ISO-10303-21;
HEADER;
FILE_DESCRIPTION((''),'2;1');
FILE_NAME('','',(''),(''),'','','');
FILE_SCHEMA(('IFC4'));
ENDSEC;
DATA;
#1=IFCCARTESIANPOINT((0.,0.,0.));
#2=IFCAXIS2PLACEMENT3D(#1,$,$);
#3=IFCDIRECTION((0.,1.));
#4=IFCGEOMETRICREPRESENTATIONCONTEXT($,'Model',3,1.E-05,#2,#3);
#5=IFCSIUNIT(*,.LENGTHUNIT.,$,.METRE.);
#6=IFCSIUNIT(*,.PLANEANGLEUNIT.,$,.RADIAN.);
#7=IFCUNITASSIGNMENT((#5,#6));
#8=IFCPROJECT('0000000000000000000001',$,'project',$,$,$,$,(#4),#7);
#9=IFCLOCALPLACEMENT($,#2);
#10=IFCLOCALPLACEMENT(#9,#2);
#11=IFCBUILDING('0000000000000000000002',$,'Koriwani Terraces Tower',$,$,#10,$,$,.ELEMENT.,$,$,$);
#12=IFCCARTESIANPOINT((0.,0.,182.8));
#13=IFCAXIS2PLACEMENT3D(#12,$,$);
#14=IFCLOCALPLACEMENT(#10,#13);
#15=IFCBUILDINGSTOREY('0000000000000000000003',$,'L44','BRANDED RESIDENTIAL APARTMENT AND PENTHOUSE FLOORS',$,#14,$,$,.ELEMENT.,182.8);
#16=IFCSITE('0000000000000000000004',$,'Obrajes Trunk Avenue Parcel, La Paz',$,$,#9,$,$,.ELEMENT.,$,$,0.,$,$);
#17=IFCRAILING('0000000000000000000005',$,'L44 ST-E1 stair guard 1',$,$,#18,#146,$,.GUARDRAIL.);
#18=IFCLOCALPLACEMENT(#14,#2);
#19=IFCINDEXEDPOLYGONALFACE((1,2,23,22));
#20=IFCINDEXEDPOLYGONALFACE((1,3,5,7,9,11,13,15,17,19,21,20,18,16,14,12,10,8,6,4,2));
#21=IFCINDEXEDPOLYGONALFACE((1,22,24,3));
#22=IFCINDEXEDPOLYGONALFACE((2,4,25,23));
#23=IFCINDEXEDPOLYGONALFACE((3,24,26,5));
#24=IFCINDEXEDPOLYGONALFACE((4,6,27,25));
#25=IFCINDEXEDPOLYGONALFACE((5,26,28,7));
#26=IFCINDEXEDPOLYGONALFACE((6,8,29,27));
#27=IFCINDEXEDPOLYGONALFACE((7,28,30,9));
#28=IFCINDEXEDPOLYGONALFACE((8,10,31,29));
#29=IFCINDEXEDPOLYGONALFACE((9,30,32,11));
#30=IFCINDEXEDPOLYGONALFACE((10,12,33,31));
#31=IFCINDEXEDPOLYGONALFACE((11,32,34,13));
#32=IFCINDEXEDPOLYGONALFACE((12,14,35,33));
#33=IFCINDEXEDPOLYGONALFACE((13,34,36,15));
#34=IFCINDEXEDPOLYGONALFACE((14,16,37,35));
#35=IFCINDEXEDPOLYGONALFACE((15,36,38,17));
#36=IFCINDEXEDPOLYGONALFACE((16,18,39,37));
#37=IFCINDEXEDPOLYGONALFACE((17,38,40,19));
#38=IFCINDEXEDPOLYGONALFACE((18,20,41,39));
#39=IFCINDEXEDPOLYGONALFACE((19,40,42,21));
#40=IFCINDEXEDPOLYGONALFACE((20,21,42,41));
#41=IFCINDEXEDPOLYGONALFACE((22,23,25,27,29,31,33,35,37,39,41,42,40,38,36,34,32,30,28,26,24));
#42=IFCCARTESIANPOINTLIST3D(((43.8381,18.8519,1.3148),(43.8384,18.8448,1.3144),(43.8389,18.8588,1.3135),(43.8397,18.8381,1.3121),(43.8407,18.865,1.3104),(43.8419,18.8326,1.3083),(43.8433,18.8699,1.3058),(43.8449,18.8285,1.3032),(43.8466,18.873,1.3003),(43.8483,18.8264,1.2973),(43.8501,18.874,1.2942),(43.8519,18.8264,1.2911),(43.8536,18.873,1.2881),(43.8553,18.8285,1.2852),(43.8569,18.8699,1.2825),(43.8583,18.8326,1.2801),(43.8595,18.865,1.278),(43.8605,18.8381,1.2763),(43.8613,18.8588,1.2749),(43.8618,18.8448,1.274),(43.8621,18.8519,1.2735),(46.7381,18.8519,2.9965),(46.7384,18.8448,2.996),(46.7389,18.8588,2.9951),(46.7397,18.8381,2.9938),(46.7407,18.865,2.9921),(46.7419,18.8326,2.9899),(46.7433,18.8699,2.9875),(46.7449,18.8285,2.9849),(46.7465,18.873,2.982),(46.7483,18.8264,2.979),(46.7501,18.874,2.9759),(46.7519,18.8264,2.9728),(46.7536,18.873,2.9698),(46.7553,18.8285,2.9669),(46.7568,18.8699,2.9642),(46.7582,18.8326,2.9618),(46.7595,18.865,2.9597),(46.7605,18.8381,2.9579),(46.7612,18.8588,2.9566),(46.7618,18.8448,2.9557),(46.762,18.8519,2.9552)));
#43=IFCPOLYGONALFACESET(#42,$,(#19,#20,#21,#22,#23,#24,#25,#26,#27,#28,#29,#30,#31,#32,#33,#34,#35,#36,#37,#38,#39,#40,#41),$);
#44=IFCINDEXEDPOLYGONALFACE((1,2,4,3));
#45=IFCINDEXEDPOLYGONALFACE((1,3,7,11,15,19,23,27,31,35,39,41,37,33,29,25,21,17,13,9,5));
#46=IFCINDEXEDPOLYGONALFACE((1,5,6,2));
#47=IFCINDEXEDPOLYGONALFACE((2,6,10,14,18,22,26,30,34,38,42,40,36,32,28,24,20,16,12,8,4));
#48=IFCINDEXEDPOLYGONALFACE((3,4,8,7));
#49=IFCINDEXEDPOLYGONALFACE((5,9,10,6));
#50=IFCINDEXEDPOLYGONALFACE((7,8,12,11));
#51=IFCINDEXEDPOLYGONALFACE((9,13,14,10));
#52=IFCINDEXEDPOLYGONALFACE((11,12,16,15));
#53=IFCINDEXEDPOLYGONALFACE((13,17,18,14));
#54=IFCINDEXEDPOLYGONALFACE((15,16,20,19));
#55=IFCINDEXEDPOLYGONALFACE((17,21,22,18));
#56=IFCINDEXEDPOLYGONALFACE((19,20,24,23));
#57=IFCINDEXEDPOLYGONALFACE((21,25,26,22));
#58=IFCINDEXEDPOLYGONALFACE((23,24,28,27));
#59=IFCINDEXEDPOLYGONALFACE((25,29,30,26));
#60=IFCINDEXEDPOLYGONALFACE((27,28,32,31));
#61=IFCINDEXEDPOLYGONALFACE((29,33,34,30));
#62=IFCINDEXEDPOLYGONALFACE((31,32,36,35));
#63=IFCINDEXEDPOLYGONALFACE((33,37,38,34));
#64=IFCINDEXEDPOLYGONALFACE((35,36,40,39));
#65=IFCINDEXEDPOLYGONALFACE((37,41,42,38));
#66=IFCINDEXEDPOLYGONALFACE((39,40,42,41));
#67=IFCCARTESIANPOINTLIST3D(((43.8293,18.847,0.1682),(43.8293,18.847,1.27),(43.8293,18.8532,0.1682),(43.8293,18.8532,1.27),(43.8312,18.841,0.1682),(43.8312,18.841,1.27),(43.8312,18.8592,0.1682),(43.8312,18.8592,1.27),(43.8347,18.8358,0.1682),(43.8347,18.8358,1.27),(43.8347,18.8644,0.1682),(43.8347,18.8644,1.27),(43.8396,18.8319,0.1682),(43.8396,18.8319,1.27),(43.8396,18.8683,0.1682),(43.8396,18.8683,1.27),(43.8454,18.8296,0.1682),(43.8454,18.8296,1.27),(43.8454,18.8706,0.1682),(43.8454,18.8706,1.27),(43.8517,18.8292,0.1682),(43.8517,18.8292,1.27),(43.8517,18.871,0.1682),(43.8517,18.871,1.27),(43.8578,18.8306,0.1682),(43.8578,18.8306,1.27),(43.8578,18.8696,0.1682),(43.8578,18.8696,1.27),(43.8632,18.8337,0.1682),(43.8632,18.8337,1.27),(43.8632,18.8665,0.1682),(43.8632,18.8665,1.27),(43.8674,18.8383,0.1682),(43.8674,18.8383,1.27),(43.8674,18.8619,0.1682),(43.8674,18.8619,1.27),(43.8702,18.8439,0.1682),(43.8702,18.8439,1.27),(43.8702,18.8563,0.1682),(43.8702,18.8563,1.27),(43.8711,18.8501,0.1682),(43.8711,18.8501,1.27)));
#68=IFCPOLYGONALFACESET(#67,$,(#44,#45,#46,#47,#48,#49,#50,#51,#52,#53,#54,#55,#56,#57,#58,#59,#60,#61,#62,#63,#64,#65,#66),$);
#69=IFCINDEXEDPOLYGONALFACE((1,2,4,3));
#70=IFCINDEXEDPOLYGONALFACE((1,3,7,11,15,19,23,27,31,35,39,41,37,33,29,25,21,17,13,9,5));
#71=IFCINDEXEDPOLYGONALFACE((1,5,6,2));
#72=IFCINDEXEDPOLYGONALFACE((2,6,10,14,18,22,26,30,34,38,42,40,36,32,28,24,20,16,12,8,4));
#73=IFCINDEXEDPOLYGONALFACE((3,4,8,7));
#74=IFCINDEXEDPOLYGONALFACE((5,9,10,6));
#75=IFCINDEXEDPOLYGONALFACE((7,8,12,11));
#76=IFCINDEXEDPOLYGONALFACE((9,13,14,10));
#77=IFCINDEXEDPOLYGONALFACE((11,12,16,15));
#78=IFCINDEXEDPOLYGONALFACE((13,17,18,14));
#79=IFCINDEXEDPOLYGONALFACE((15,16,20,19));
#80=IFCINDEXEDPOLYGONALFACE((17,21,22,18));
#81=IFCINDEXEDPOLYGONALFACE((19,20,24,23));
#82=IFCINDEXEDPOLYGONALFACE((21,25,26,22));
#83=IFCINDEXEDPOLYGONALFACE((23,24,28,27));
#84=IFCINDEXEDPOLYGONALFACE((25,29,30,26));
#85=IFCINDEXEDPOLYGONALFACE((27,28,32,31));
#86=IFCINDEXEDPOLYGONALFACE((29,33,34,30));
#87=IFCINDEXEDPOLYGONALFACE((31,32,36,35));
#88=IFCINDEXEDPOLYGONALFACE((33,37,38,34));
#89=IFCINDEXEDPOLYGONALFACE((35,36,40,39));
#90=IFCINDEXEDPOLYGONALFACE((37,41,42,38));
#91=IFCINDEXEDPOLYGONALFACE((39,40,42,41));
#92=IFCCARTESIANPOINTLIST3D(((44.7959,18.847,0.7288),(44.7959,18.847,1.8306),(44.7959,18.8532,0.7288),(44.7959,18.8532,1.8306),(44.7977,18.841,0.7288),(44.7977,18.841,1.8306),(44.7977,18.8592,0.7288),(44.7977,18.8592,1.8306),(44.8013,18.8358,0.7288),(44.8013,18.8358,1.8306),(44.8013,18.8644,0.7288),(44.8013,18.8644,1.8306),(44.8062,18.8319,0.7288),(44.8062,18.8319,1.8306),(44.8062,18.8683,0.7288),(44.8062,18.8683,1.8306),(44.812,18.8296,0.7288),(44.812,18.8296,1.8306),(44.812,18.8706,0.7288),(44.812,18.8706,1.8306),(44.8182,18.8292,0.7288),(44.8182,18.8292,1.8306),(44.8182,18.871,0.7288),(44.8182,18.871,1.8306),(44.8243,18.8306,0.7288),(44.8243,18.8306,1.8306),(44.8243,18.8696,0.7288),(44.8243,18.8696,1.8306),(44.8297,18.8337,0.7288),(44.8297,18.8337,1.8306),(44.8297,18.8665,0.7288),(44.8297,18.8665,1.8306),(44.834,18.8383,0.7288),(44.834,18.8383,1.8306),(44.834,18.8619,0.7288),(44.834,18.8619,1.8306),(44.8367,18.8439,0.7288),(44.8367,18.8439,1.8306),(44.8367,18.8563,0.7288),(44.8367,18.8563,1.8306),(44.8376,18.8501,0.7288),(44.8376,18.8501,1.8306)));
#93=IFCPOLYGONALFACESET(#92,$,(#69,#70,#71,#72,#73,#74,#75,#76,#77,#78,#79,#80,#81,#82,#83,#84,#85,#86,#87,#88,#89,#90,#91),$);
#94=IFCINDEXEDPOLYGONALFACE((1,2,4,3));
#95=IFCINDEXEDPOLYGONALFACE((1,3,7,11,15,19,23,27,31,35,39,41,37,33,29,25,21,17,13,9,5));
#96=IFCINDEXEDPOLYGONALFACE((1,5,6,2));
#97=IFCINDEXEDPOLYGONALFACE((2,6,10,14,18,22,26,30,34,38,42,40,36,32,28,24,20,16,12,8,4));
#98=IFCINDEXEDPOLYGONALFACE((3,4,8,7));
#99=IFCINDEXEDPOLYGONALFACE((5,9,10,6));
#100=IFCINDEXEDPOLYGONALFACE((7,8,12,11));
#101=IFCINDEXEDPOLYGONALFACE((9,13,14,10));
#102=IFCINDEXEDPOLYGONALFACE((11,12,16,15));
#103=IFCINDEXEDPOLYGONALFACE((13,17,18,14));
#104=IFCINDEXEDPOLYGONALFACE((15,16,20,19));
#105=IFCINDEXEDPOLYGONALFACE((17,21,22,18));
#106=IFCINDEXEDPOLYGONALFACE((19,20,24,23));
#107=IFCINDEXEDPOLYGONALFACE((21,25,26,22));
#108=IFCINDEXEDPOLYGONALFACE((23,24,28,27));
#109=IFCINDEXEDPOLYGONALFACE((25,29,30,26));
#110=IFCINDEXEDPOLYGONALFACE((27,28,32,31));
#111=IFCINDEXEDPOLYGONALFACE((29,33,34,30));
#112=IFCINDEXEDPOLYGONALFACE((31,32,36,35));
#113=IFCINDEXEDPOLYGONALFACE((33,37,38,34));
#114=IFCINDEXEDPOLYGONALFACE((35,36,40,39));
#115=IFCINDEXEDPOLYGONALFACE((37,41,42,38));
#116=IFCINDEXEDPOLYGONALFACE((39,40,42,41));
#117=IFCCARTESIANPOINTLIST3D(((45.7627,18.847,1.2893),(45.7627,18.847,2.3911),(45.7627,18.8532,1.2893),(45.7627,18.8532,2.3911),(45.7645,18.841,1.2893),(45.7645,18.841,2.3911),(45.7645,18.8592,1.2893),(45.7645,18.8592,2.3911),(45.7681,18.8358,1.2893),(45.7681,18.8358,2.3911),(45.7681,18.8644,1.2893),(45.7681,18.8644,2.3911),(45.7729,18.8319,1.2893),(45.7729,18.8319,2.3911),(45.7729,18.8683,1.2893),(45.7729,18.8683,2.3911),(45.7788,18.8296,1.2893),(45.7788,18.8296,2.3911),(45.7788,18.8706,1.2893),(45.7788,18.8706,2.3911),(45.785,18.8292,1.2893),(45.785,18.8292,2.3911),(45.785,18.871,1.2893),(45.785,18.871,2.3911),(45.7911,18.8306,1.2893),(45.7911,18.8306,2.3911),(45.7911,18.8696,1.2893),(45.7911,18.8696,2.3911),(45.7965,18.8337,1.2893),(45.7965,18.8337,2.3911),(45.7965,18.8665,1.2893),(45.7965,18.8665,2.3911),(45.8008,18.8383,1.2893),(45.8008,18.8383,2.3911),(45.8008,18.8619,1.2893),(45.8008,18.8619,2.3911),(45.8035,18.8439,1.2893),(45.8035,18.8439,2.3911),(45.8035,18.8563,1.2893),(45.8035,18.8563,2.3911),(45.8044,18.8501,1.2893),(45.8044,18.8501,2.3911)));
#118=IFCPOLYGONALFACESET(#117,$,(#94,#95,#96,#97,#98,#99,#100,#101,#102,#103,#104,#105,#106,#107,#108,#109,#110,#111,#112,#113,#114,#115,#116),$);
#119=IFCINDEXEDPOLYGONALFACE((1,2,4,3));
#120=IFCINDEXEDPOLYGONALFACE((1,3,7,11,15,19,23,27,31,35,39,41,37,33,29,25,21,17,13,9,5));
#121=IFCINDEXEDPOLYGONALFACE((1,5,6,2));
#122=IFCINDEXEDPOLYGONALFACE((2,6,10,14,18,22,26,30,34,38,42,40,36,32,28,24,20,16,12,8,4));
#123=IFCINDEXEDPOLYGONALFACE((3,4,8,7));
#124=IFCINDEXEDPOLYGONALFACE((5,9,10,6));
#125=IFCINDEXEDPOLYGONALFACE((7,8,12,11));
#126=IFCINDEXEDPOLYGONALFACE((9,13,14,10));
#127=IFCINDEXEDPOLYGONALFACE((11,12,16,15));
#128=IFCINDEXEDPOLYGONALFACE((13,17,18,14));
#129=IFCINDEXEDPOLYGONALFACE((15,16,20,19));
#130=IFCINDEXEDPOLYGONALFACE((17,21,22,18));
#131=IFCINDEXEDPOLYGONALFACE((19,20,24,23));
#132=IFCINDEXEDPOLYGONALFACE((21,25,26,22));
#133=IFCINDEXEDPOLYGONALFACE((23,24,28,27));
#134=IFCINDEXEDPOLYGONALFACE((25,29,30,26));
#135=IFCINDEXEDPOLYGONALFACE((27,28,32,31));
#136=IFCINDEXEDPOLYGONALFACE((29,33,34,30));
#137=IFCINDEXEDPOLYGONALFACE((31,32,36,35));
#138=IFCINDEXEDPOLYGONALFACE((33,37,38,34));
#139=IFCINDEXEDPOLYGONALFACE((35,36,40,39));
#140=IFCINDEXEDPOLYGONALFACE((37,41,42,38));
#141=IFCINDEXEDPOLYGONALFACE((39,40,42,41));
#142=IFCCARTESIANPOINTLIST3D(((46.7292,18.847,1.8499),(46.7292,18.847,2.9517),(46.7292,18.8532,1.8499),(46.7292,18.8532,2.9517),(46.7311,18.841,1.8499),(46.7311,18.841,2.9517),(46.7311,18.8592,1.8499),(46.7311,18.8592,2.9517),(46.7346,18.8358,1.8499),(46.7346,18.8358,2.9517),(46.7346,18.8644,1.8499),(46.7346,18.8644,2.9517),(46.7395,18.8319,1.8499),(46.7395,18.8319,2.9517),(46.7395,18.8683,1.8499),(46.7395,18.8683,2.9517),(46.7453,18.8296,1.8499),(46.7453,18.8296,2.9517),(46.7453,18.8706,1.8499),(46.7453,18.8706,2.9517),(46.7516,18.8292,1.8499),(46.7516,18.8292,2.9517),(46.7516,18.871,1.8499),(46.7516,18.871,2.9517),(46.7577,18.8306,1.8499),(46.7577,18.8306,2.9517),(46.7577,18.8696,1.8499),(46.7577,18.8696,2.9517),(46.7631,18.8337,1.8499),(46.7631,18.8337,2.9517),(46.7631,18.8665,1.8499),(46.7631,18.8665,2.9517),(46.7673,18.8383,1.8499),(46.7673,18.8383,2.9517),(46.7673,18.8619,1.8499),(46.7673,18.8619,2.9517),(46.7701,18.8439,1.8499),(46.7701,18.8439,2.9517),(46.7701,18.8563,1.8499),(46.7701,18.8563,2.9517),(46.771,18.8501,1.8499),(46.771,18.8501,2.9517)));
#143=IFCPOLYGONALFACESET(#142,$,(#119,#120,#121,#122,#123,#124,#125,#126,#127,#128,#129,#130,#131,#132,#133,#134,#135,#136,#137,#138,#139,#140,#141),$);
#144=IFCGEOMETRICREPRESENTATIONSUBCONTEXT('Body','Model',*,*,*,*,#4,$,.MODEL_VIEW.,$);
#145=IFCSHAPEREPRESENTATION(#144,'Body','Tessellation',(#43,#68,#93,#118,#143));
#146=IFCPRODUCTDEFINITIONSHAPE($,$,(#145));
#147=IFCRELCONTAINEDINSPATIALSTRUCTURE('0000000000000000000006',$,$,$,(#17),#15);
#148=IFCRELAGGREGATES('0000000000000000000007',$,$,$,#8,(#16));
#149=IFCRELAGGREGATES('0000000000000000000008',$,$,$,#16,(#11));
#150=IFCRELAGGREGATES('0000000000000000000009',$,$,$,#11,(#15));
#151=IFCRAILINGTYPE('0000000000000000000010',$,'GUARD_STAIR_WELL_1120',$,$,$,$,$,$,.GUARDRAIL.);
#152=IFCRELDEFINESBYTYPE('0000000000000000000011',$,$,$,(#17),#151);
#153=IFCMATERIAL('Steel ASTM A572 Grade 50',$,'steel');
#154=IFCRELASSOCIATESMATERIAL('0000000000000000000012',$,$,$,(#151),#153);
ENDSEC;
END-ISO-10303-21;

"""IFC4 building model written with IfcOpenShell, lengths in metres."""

from ifc_helpers import new_model, si_unit, direction, frame, origin, origin_2d, place, context, subcontext, project, spatial, circle, extrude, material, type_object, element, save


model = new_model("IFC4")

# Units and contexts
model_context = context("Model", 3, precision=1e-05, world=origin(), true_north=direction((0.0, 1.0)))
body_context = subcontext(model_context, "Body", "Model", "MODEL_VIEW")
ifc_project = project(units=[si_unit("LENGTHUNIT", "METRE"), si_unit("PLANEANGLEUNIT", "RADIAN")], contexts=[model_context])

# Site, building, storey
site_placement = place(None, origin())
site = spatial("IfcSite", under=ifc_project, at=site_placement, Name="Obrajes Trunk Avenue Parcel, La Paz", CompositionType="ELEMENT", RefElevation=0.0)
building_placement = place(site_placement, origin())
building = spatial("IfcBuilding", under=site, at=building_placement, Name="Koriwani Terraces Tower", CompositionType="ELEMENT")
storey_placement = place(building_placement, frame((0.0, 0.0, 182.8)))
storey = spatial("IfcBuildingStorey", under=building, at=storey_placement, Name="L44", Description="BRANDED RESIDENTIAL APARTMENT AND PENTHOUSE FLOORS", CompositionType="ELEMENT", Elevation=182.8)

# Shared definitions
ifc_material_1 = material(Name="Steel ASTM A572 Grade 50", Category="steel")

# Railing
railing_type_1 = type_object("IfcRailingType", Name="GUARD_STAIR_WELL_1120", PredefinedType="GUARDRAIL", material=ifc_material_1)
railing_1_placement = place(storey_placement, frame((43.8501, 18.8501, 0.1682)))
element("IfcRailing", 1, at=railing_1_placement, inside=storey, type_object=railing_type_1, Name="L44 ST-E1 stair guard 1", PredefinedType="GUARDRAIL", context=body_context, shape_type="SweptSolid", body=[
    extrude(circle(Radius=0.0239, at=origin_2d()), frame((0.0, 0.0, 1.126), z_axis=(0.86507, 0.0, 0.501651), x_axis=(0.0, 1.0, 0.0)), (0.0, 0.0, 1.0), 3.3523),
    extrude(circle(Radius=0.021, at=origin_2d()), origin(), (0.0, 0.0, 1.0), 1.1018),
    extrude(circle(Radius=0.021, at=origin_2d()), frame((0.9666, 0.0, 0.5605)), (0.0, 0.0, 1.0), 1.1018),
    extrude(circle(Radius=0.021, at=origin_2d()), frame((1.9333, 0.0, 1.1211)), (0.0, 0.0, 1.0), 1.1018),
    extrude(circle(Radius=0.021, at=origin_2d()), frame((2.8999, 0.0, 1.6816)), (0.0, 0.0, 1.0), 1.1018),
])

save(model, "model.ifc")
